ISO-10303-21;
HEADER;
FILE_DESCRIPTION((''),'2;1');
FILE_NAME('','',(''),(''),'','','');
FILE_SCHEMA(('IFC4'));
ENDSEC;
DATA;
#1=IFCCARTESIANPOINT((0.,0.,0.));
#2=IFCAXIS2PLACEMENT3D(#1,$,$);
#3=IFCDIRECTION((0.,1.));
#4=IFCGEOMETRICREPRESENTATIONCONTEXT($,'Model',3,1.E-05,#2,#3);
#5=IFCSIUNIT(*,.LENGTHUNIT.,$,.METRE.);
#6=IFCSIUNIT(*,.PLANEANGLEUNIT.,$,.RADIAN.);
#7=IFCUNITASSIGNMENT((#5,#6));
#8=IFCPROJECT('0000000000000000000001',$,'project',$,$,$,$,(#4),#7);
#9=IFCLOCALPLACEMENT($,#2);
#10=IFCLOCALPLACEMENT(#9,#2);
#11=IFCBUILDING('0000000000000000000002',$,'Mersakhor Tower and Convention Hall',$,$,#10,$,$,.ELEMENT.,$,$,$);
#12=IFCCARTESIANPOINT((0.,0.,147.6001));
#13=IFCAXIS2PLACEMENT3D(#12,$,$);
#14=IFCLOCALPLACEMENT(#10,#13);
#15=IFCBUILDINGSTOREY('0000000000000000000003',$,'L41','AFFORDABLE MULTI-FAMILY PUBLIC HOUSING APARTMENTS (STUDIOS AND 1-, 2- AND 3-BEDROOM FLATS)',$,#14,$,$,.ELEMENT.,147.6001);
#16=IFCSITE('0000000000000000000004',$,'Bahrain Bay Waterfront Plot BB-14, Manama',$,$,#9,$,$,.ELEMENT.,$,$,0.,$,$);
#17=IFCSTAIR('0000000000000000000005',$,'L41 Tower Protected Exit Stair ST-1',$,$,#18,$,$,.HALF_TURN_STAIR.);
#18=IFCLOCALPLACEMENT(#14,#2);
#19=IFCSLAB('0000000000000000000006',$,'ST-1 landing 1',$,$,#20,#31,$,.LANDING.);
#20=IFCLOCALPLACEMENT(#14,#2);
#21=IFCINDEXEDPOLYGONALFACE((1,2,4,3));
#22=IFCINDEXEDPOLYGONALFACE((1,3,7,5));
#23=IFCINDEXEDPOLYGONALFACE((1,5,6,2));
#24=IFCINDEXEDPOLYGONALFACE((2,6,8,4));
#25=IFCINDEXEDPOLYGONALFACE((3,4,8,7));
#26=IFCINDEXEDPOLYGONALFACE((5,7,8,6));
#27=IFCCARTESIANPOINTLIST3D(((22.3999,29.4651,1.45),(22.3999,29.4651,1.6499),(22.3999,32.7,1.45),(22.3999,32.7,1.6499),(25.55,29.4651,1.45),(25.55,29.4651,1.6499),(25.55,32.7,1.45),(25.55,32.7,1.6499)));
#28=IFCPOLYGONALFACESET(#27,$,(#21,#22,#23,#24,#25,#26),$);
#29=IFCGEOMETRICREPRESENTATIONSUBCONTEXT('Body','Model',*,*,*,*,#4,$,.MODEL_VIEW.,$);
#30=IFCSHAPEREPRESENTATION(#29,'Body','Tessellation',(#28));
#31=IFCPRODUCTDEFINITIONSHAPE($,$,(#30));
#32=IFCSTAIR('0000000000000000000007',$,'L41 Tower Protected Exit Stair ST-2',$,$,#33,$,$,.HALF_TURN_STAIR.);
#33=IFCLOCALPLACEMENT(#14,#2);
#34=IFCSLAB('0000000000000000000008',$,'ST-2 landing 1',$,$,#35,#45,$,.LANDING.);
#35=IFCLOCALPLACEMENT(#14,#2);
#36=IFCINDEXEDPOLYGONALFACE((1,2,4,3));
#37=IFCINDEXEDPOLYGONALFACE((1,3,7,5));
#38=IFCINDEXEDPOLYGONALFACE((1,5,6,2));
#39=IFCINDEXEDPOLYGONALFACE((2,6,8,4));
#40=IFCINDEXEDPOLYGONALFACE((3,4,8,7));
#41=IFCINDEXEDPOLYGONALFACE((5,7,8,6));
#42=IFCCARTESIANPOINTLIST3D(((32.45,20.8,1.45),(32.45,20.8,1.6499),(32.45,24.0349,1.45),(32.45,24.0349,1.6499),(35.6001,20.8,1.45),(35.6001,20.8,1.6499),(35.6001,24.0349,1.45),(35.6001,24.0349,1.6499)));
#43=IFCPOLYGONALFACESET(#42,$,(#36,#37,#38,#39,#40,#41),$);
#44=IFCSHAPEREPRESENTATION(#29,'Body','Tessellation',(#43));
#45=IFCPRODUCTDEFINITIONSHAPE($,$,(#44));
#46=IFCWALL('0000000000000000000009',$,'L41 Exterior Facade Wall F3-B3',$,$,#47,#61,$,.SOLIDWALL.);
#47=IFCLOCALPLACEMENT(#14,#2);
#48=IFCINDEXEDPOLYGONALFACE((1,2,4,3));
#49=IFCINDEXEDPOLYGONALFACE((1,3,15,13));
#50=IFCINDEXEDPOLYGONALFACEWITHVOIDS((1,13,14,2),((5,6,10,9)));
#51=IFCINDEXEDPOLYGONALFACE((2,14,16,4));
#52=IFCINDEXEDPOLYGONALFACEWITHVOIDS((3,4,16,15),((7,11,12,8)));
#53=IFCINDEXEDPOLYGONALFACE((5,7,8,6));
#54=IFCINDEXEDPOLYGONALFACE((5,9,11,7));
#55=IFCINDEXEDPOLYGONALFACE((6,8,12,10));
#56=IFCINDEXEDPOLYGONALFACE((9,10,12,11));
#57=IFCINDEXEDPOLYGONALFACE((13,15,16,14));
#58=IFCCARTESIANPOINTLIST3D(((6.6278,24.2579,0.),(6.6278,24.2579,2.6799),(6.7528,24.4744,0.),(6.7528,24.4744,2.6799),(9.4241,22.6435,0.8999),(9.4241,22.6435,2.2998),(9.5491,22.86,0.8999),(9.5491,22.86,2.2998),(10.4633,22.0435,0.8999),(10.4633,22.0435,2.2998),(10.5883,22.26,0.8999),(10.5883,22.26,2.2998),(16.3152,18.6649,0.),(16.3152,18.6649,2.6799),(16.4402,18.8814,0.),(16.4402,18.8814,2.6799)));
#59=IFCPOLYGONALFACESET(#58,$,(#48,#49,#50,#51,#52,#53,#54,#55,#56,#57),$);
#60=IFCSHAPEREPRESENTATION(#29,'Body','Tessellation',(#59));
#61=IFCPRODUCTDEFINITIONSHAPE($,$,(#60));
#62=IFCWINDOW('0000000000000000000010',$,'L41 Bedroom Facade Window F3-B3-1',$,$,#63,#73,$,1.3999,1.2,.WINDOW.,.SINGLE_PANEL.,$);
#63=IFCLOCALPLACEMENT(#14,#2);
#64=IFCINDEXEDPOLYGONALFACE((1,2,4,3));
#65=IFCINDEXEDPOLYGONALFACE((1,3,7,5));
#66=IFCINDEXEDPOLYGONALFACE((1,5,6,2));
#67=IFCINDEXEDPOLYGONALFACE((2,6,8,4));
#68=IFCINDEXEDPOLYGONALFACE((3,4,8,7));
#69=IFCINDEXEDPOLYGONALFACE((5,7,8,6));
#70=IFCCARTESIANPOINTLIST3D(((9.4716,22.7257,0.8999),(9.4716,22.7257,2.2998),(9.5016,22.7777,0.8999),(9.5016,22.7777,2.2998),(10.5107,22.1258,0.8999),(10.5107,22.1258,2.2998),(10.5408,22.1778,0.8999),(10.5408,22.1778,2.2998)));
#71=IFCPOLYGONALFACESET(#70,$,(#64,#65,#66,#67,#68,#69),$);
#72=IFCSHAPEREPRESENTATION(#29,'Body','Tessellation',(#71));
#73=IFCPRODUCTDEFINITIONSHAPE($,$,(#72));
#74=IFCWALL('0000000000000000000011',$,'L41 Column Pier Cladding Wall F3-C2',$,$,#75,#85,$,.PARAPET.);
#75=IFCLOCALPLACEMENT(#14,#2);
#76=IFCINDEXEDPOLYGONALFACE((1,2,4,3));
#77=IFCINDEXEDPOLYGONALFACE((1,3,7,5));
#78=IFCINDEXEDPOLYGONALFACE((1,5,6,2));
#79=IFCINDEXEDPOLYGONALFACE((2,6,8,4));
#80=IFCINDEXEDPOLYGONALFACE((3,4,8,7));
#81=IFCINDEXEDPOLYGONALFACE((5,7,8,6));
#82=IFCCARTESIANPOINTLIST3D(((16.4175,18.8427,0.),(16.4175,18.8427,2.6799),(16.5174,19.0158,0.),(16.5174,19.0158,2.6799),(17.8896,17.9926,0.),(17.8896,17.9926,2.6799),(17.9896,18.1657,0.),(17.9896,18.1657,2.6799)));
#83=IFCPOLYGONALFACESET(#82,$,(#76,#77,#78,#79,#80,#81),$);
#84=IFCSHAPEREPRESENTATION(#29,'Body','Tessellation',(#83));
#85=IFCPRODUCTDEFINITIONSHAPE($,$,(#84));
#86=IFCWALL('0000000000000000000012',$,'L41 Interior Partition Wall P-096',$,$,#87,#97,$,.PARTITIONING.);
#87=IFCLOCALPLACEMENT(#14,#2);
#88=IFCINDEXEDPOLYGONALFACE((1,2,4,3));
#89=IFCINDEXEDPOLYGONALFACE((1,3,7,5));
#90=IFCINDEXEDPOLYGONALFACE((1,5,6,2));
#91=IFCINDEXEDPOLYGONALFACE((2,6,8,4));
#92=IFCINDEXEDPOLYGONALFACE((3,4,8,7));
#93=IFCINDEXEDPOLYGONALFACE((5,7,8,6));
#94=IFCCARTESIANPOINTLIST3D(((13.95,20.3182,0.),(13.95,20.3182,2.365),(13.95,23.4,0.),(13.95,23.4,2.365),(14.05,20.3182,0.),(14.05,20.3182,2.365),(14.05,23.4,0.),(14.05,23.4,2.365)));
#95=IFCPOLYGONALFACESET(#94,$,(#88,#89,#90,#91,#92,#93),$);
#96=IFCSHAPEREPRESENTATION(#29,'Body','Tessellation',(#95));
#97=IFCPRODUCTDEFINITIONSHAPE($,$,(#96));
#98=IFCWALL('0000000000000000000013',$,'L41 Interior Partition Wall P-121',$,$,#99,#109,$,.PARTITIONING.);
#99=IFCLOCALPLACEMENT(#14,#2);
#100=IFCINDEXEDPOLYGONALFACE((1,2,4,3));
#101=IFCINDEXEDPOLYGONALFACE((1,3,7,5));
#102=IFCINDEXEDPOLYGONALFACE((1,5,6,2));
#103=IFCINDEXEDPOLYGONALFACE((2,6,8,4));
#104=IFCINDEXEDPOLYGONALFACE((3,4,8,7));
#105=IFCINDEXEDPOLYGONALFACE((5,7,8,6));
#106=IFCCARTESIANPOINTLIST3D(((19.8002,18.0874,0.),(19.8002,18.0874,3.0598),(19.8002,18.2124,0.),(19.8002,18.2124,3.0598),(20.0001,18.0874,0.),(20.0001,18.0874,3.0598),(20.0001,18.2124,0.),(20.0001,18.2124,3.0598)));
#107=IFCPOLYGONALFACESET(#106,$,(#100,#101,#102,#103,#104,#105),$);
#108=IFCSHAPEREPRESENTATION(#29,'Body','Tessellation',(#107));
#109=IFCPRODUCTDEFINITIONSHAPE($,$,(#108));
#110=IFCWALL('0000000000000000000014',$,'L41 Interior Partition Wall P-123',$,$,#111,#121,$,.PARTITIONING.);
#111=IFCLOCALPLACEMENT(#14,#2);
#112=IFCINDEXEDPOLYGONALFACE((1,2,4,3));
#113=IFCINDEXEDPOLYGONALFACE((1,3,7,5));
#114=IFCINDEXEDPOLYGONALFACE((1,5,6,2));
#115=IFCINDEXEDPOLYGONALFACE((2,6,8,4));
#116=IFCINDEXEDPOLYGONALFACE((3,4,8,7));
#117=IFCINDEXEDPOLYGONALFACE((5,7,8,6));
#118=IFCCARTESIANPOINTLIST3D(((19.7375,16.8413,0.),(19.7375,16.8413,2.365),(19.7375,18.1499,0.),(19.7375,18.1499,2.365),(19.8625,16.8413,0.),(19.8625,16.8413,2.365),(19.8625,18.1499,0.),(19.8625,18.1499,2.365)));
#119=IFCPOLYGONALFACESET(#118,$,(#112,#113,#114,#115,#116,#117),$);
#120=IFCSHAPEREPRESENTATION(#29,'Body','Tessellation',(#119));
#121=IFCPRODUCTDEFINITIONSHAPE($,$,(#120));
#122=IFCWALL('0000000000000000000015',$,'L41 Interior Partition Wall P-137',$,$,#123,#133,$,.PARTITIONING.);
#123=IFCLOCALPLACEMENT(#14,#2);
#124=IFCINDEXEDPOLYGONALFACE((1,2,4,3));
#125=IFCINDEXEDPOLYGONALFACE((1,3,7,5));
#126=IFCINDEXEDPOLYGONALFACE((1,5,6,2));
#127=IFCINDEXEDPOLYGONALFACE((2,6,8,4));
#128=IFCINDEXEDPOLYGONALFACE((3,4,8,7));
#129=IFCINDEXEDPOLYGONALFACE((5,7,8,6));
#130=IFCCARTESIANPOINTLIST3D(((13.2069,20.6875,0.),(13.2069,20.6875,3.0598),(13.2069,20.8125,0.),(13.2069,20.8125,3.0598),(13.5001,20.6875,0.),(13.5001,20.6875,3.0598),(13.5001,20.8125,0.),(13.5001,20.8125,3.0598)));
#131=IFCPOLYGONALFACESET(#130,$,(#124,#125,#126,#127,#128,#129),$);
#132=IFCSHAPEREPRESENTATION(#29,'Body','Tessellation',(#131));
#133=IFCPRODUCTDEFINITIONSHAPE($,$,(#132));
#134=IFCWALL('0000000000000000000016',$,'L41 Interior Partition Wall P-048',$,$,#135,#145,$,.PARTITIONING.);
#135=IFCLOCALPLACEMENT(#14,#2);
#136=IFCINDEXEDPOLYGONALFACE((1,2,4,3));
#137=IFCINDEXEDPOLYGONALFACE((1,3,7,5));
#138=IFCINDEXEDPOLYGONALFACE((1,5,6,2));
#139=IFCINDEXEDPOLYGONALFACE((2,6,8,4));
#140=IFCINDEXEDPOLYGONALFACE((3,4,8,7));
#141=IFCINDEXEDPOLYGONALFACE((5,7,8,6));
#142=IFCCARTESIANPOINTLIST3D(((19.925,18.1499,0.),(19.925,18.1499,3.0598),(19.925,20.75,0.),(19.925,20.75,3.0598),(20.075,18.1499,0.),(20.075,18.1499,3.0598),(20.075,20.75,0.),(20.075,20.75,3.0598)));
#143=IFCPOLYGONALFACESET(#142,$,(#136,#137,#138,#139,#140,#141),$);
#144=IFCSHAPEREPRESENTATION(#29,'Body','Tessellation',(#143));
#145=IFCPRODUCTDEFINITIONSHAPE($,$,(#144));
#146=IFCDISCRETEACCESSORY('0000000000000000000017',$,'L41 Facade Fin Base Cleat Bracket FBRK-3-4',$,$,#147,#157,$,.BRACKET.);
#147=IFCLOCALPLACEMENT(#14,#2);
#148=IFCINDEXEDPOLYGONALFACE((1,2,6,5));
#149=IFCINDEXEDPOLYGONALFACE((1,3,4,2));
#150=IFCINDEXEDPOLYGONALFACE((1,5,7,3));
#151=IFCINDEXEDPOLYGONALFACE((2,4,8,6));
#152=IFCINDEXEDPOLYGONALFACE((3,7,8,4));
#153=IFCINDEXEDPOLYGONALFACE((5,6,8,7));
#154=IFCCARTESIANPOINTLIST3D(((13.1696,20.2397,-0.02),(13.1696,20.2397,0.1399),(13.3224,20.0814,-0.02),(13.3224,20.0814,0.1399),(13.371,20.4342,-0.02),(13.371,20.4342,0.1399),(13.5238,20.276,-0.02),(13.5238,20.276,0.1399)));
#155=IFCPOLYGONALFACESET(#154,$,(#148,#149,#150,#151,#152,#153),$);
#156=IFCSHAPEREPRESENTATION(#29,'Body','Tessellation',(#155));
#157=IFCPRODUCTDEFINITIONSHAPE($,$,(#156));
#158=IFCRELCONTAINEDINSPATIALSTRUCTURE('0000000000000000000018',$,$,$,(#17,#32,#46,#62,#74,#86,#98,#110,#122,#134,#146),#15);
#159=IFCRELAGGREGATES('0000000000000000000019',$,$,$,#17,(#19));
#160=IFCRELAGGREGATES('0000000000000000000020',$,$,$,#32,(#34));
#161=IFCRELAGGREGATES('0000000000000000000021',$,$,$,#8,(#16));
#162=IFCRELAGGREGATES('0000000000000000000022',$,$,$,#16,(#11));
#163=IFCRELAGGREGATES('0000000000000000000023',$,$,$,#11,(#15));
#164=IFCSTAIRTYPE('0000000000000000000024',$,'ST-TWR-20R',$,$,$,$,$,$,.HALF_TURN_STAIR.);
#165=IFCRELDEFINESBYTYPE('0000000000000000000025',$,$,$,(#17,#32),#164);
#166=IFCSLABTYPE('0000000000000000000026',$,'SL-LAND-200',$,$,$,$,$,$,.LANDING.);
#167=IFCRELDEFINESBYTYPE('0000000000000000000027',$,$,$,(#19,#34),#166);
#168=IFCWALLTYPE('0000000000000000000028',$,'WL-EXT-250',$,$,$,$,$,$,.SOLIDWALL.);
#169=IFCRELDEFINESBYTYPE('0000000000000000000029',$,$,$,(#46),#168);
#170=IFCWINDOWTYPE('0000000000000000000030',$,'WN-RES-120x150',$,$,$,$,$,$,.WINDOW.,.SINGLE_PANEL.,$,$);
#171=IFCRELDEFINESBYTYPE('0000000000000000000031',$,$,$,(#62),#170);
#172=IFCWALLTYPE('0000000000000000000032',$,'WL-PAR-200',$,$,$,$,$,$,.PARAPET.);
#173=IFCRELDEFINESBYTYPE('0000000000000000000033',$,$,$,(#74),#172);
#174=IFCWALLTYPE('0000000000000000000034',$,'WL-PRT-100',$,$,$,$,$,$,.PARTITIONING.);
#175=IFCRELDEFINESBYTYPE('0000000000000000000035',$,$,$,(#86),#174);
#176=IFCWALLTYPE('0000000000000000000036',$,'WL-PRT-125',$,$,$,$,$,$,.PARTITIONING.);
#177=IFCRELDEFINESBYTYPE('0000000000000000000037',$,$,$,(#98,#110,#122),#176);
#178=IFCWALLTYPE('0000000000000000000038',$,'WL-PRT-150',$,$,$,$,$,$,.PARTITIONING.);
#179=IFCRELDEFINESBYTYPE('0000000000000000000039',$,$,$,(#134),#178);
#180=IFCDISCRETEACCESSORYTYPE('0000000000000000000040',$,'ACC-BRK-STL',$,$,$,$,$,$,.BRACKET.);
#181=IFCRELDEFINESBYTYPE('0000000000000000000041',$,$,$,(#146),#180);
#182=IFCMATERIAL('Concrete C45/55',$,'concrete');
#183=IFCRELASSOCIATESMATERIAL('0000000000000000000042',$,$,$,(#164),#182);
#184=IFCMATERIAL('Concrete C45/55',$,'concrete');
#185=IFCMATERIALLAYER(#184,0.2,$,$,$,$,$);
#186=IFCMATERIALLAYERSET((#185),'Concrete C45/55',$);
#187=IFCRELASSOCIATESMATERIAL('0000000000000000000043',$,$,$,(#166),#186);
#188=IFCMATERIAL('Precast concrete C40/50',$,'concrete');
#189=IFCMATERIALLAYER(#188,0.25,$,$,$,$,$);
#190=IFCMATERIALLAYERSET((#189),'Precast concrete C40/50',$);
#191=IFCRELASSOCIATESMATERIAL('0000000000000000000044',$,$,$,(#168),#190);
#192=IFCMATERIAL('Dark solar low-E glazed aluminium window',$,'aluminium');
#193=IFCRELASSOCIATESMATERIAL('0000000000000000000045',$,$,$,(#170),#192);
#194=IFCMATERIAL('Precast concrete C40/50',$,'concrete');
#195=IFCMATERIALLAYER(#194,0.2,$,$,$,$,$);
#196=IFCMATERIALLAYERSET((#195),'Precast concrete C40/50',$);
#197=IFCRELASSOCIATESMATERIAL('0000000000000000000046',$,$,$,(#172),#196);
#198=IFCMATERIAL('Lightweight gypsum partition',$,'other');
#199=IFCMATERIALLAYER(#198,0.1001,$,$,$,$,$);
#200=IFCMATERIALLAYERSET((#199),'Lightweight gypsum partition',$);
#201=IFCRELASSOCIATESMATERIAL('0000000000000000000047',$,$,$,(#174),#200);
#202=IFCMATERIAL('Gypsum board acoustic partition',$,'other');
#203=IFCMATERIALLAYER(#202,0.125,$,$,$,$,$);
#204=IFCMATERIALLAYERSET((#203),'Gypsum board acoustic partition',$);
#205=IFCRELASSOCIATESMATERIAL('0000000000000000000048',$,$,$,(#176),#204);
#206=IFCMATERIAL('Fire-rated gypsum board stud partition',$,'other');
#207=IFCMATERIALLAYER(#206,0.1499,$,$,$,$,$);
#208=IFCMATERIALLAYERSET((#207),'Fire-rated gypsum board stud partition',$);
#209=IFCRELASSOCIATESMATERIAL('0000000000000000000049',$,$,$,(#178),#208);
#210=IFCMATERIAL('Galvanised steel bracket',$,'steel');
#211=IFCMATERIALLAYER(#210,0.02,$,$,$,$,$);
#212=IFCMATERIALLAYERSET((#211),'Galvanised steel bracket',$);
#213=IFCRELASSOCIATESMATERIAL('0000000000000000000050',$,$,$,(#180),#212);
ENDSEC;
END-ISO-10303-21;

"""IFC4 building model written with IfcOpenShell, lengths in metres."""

from ifc_helpers import new_model, si_unit, direction, frame, frame_2d, origin, origin_2d, place, context, subcontext, project, spatial, polyline, rectangle, outline, extrude, material, layer, layer_set, type_object, element, fill, aggregate, save


model = new_model("IFC4")

# Units and contexts
model_context = context("Model", 3, precision=1e-05, world=origin(), true_north=direction((0.0, 1.0)))
body_context = subcontext(model_context, "Body", "Model", "MODEL_VIEW")
ifc_project = project(units=[si_unit("LENGTHUNIT", "METRE"), si_unit("PLANEANGLEUNIT", "RADIAN")], contexts=[model_context])

# Site, building, storey
site_placement = place(None, origin())
site = spatial("IfcSite", under=ifc_project, at=site_placement, Name="Bahrain Bay Waterfront Plot BB-14, Manama", CompositionType="ELEMENT", RefElevation=0.0)
building_placement = place(site_placement, origin())
building = spatial("IfcBuilding", under=site, at=building_placement, Name="Mersakhor Tower and Convention Hall", CompositionType="ELEMENT")
storey_placement = place(building_placement, frame((0.0, 0.0, 147.6001)))
storey = spatial("IfcBuildingStorey", under=building, at=storey_placement, Name="L41", Description="AFFORDABLE MULTI-FAMILY PUBLIC HOUSING APARTMENTS (STUDIOS AND 1-, 2- AND 3-BEDROOM FLATS)", CompositionType="ELEMENT", Elevation=147.6001)

# Stairs, slabs
ifc_material_1 = material(Name="Concrete C45/55", Category="concrete")
stair_type = type_object("IfcStairType", Name="ST-TWR-20R", PredefinedType="HALF_TURN_STAIR", material=ifc_material_1)
stair_1_placement = place(storey_placement, origin())
stair_1 = element("IfcStair", 1, at=stair_1_placement, inside=storey, type_object=stair_type, Name="L41 Tower Protected Exit Stair ST-1", PredefinedType="HALF_TURN_STAIR")
ifc_material_2 = material(Name="Concrete C45/55", Category="concrete")
ifc_layer_1 = layer(ifc_material_2, 0.2)
ifc_layer_set_1 = layer_set([ifc_layer_1], Name="Concrete C45/55")
slab_type_1 = type_object("IfcSlabType", Name="SL-LAND-200", PredefinedType="LANDING", material=ifc_layer_set_1)
slab_1_placement = place(storey_placement, frame((0.0, 0.0, 1.45)))
slab_1 = element("IfcSlab", 2, at=slab_1_placement, type_object=slab_type_1, Name="ST-1 landing 1", PredefinedType="LANDING", context=body_context, shape_type="SweptSolid", body=[
    extrude(outline(polyline([(25.55, 29.4651), (25.55, 32.7), (22.3999, 32.7), (22.3999, 29.4651), (25.55, 29.4651)])), origin(), (0.0, 0.0, 1.0), 0.2),
])
aggregate(stair_1, [slab_1])
stair_2_placement = place(storey_placement, origin())
stair_2 = element("IfcStair", 3, at=stair_2_placement, inside=storey, type_object=stair_type, Name="L41 Tower Protected Exit Stair ST-2", PredefinedType="HALF_TURN_STAIR")
slab_2_placement = place(storey_placement, frame((0.0, 0.0, 1.45)))
slab_2 = element("IfcSlab", 4, at=slab_2_placement, type_object=slab_type_1, Name="ST-2 landing 1", PredefinedType="LANDING", context=body_context, shape_type="SweptSolid", body=[
    extrude(outline(polyline([(32.45, 24.0349), (32.45, 20.8), (35.6001, 20.8), (35.6001, 24.0349), (32.45, 24.0349)])), origin(), (0.0, 0.0, 1.0), 0.2),
])
aggregate(stair_2, [slab_2])

# Wall, opening, window
ifc_material_3 = material(Name="Precast concrete C40/50", Category="concrete")
ifc_layer_2 = layer(ifc_material_3, 0.25)
ifc_layer_set_2 = layer_set([ifc_layer_2], Name="Precast concrete C40/50")
wall_type_1 = type_object("IfcWallType", Name="WL-EXT-250", PredefinedType="SOLIDWALL", material=ifc_layer_set_2)
wall_1_placement = place(storey_placement, frame((16.3777, 18.7732, 0.0), z_axis=(0.0, 0.0, 1.0), x_axis=(-0.866028, 0.499996, 0.0)))
wall_1 = element("IfcWall", 5, at=wall_1_placement, inside=storey, type_object=wall_type_1, Name="L41 Exterior Facade Wall F3-B3", PredefinedType="SOLIDWALL", context=body_context, shape_type="SweptSolid", body=[
    extrude(rectangle(XDim=11.186, YDim=0.25, at=frame_2d((5.593, 0.0))), origin(), (0.0, 0.0, 1.0), 2.6799),
])
opening_placement = place(wall_1_placement, frame((6.7571, 0.0, 0.8999)))
opening = element("IfcOpeningElement", 6, at=opening_placement, cuts=wall_1, PredefinedType="OPENING", context=body_context, shape_type="SweptSolid", body=[
    extrude(rectangle(XDim=1.2, YDim=1.3999, at=frame_2d((0.6001, 0.7))), frame((0.0, 0.135, 0.0), z_axis=(0.0, -1.0, 0.0), x_axis=(1.0, 0.0, 0.0)), (0.0, 0.0, 1.0), 0.27),
])
ifc_material_4 = material(Name="Dark solar low-E glazed aluminium window", Category="aluminium")
window_type = type_object("IfcWindowType", Name="WN-RES-120x150", PartitioningType="SINGLE_PANEL", PredefinedType="WINDOW", material=ifc_material_4)
window_placement = place(opening_placement, origin())
window = element("IfcWindow", 7, at=window_placement, inside=storey, type_object=window_type, Name="L41 Bedroom Facade Window F3-B3-1", OverallHeight=1.3999, OverallWidth=1.2, PartitioningType="SINGLE_PANEL", PredefinedType="WINDOW", context=body_context, shape_type="SweptSolid", body=[
    extrude(rectangle(XDim=1.2, YDim=1.3999, at=frame_2d((0.6001, 0.7))), frame((0.0, 0.03, 0.0), z_axis=(0.0, -1.0, 0.0), x_axis=(1.0, 0.0, 0.0)), (0.0, 0.0, 1.0), 0.0601),
])
fill(opening, window)

# Walls
ifc_material_5 = material(Name="Precast concrete C40/50", Category="concrete")
ifc_layer_3 = layer(ifc_material_5, 0.2)
ifc_layer_set_3 = layer_set([ifc_layer_3], Name="Precast concrete C40/50")
wall_type_2 = type_object("IfcWallType", Name="WL-PAR-200", PredefinedType="PARAPET", material=ifc_layer_set_3)
wall_2_placement = place(storey_placement, frame((17.9397, 18.0791, 0.0), z_axis=(0.0, 0.0, 1.0), x_axis=(-0.865989, 0.500062, 0.0)))
element("IfcWall", 8, at=wall_2_placement, inside=storey, type_object=wall_type_2, Name="L41 Column Pier Cladding Wall F3-C2", PredefinedType="PARAPET", context=body_context, shape_type="SweptSolid", body=[
    extrude(rectangle(XDim=1.7, YDim=0.2, at=frame_2d((0.8501, 0.0))), origin(), (0.0, 0.0, 1.0), 2.6799),
])
ifc_material_6 = material(Name="Lightweight gypsum partition", Category="other")
ifc_layer_4 = layer(ifc_material_6, 0.1001)
ifc_layer_set_4 = layer_set([ifc_layer_4], Name="Lightweight gypsum partition")
wall_type_3 = type_object("IfcWallType", Name="WL-PRT-100", PredefinedType="PARTITIONING", material=ifc_layer_set_4)
wall_3_placement = place(storey_placement, frame((14.0, 20.3181, 0.0), z_axis=(0.0, 0.0, 1.0), x_axis=(0.0, 1.0, 0.0)))
element("IfcWall", 9, at=wall_3_placement, inside=storey, type_object=wall_type_3, Name="L41 Interior Partition Wall P-096", PredefinedType="PARTITIONING", context=body_context, shape_type="SweptSolid", body=[
    extrude(rectangle(XDim=3.0818, YDim=0.1001, at=frame_2d((1.541, 0.0))), origin(), (0.0, 0.0, 1.0), 2.365),
])
ifc_material_7 = material(Name="Gypsum board acoustic partition", Category="other")
ifc_layer_5 = layer(ifc_material_7, 0.125)
ifc_layer_set_5 = layer_set([ifc_layer_5], Name="Gypsum board acoustic partition")
wall_type_4 = type_object("IfcWallType", Name="WL-PRT-125", PredefinedType="PARTITIONING", material=ifc_layer_set_5)
wall_4_placement = place(storey_placement, frame((19.8, 18.1499, 0.0), z_axis=(0.0, 0.0, 1.0), x_axis=(1.0, 0.0, 0.0)))
element("IfcWall", 10, at=wall_4_placement, inside=storey, type_object=wall_type_4, Name="L41 Interior Partition Wall P-121", PredefinedType="PARTITIONING", context=body_context, shape_type="SweptSolid", body=[
    extrude(rectangle(XDim=0.2, YDim=0.125, at=frame_2d((0.1001, 0.0))), origin(), (0.0, 0.0, 1.0), 3.0598),
])
wall_5_placement = place(storey_placement, frame((19.8, 16.8413, 0.0), z_axis=(0.0, 0.0, 1.0), x_axis=(0.0, 1.0, 0.0)))
element("IfcWall", 11, at=wall_5_placement, inside=storey, type_object=wall_type_4, Name="L41 Interior Partition Wall P-123", PredefinedType="PARTITIONING", context=body_context, shape_type="SweptSolid", body=[
    extrude(rectangle(XDim=1.3086, YDim=0.125, at=frame_2d((0.6543, 0.0))), origin(), (0.0, 0.0, 1.0), 2.365),
])
wall_6_placement = place(storey_placement, frame((13.5, 20.75, 0.0), z_axis=(0.0, 0.0, 1.0), x_axis=(-1.0, 0.0, 0.0)))
element("IfcWall", 12, at=wall_6_placement, inside=storey, type_object=wall_type_4, Name="L41 Interior Partition Wall P-137", PredefinedType="PARTITIONING", context=body_context, shape_type="SweptSolid", body=[
    extrude(rectangle(XDim=0.2932, YDim=0.125, at=frame_2d((0.1465, 0.0))), origin(), (0.0, 0.0, 1.0), 3.0598),
])
ifc_material_8 = material(Name="Fire-rated gypsum board stud partition", Category="other")
ifc_layer_6 = layer(ifc_material_8, 0.1499)
ifc_layer_set_6 = layer_set([ifc_layer_6], Name="Fire-rated gypsum board stud partition")
wall_type_5 = type_object("IfcWallType", Name="WL-PRT-150", PredefinedType="PARTITIONING", material=ifc_layer_set_6)
wall_7_placement = place(storey_placement, frame((20.0, 18.1499, 0.0), z_axis=(0.0, 0.0, 1.0), x_axis=(0.0, 1.0, 0.0)))
element("IfcWall", 13, at=wall_7_placement, inside=storey, type_object=wall_type_5, Name="L41 Interior Partition Wall P-048", PredefinedType="PARTITIONING", context=body_context, shape_type="SweptSolid", body=[
    extrude(rectangle(XDim=2.6001, YDim=0.1499, at=frame_2d((1.3, 0.0))), origin(), (0.0, 0.0, 1.0), 3.0598),
])

# Discrete accessory
ifc_material_9 = material(Name="Galvanised steel bracket", Category="steel")
ifc_layer_7 = layer(ifc_material_9, 0.02)
ifc_layer_set_7 = layer_set([ifc_layer_7], Name="Galvanised steel bracket")
discrete_accessory_type = type_object("IfcDiscreteAccessoryType", Name="ACC-BRK-STL", PredefinedType="BRACKET", material=ifc_layer_set_7)
discrete_accessory_placement = place(storey_placement, frame((13.3467, 20.2578, -0.02), z_axis=(0.0, 0.0, 1.0), x_axis=(-0.71934, -0.694658, 0.0)))
element("IfcDiscreteAccessory", 14, at=discrete_accessory_placement, inside=storey, type_object=discrete_accessory_type, Name="L41 Facade Fin Base Cleat Bracket FBRK-3-4", PredefinedType="BRACKET", context=body_context, shape_type="SweptSolid", body=[
    extrude(rectangle(XDim=0.28, YDim=0.22, at=origin_2d()), origin(), (0.0, 0.0, 1.0), 0.1599),
])

save(model, "model.ifc")
